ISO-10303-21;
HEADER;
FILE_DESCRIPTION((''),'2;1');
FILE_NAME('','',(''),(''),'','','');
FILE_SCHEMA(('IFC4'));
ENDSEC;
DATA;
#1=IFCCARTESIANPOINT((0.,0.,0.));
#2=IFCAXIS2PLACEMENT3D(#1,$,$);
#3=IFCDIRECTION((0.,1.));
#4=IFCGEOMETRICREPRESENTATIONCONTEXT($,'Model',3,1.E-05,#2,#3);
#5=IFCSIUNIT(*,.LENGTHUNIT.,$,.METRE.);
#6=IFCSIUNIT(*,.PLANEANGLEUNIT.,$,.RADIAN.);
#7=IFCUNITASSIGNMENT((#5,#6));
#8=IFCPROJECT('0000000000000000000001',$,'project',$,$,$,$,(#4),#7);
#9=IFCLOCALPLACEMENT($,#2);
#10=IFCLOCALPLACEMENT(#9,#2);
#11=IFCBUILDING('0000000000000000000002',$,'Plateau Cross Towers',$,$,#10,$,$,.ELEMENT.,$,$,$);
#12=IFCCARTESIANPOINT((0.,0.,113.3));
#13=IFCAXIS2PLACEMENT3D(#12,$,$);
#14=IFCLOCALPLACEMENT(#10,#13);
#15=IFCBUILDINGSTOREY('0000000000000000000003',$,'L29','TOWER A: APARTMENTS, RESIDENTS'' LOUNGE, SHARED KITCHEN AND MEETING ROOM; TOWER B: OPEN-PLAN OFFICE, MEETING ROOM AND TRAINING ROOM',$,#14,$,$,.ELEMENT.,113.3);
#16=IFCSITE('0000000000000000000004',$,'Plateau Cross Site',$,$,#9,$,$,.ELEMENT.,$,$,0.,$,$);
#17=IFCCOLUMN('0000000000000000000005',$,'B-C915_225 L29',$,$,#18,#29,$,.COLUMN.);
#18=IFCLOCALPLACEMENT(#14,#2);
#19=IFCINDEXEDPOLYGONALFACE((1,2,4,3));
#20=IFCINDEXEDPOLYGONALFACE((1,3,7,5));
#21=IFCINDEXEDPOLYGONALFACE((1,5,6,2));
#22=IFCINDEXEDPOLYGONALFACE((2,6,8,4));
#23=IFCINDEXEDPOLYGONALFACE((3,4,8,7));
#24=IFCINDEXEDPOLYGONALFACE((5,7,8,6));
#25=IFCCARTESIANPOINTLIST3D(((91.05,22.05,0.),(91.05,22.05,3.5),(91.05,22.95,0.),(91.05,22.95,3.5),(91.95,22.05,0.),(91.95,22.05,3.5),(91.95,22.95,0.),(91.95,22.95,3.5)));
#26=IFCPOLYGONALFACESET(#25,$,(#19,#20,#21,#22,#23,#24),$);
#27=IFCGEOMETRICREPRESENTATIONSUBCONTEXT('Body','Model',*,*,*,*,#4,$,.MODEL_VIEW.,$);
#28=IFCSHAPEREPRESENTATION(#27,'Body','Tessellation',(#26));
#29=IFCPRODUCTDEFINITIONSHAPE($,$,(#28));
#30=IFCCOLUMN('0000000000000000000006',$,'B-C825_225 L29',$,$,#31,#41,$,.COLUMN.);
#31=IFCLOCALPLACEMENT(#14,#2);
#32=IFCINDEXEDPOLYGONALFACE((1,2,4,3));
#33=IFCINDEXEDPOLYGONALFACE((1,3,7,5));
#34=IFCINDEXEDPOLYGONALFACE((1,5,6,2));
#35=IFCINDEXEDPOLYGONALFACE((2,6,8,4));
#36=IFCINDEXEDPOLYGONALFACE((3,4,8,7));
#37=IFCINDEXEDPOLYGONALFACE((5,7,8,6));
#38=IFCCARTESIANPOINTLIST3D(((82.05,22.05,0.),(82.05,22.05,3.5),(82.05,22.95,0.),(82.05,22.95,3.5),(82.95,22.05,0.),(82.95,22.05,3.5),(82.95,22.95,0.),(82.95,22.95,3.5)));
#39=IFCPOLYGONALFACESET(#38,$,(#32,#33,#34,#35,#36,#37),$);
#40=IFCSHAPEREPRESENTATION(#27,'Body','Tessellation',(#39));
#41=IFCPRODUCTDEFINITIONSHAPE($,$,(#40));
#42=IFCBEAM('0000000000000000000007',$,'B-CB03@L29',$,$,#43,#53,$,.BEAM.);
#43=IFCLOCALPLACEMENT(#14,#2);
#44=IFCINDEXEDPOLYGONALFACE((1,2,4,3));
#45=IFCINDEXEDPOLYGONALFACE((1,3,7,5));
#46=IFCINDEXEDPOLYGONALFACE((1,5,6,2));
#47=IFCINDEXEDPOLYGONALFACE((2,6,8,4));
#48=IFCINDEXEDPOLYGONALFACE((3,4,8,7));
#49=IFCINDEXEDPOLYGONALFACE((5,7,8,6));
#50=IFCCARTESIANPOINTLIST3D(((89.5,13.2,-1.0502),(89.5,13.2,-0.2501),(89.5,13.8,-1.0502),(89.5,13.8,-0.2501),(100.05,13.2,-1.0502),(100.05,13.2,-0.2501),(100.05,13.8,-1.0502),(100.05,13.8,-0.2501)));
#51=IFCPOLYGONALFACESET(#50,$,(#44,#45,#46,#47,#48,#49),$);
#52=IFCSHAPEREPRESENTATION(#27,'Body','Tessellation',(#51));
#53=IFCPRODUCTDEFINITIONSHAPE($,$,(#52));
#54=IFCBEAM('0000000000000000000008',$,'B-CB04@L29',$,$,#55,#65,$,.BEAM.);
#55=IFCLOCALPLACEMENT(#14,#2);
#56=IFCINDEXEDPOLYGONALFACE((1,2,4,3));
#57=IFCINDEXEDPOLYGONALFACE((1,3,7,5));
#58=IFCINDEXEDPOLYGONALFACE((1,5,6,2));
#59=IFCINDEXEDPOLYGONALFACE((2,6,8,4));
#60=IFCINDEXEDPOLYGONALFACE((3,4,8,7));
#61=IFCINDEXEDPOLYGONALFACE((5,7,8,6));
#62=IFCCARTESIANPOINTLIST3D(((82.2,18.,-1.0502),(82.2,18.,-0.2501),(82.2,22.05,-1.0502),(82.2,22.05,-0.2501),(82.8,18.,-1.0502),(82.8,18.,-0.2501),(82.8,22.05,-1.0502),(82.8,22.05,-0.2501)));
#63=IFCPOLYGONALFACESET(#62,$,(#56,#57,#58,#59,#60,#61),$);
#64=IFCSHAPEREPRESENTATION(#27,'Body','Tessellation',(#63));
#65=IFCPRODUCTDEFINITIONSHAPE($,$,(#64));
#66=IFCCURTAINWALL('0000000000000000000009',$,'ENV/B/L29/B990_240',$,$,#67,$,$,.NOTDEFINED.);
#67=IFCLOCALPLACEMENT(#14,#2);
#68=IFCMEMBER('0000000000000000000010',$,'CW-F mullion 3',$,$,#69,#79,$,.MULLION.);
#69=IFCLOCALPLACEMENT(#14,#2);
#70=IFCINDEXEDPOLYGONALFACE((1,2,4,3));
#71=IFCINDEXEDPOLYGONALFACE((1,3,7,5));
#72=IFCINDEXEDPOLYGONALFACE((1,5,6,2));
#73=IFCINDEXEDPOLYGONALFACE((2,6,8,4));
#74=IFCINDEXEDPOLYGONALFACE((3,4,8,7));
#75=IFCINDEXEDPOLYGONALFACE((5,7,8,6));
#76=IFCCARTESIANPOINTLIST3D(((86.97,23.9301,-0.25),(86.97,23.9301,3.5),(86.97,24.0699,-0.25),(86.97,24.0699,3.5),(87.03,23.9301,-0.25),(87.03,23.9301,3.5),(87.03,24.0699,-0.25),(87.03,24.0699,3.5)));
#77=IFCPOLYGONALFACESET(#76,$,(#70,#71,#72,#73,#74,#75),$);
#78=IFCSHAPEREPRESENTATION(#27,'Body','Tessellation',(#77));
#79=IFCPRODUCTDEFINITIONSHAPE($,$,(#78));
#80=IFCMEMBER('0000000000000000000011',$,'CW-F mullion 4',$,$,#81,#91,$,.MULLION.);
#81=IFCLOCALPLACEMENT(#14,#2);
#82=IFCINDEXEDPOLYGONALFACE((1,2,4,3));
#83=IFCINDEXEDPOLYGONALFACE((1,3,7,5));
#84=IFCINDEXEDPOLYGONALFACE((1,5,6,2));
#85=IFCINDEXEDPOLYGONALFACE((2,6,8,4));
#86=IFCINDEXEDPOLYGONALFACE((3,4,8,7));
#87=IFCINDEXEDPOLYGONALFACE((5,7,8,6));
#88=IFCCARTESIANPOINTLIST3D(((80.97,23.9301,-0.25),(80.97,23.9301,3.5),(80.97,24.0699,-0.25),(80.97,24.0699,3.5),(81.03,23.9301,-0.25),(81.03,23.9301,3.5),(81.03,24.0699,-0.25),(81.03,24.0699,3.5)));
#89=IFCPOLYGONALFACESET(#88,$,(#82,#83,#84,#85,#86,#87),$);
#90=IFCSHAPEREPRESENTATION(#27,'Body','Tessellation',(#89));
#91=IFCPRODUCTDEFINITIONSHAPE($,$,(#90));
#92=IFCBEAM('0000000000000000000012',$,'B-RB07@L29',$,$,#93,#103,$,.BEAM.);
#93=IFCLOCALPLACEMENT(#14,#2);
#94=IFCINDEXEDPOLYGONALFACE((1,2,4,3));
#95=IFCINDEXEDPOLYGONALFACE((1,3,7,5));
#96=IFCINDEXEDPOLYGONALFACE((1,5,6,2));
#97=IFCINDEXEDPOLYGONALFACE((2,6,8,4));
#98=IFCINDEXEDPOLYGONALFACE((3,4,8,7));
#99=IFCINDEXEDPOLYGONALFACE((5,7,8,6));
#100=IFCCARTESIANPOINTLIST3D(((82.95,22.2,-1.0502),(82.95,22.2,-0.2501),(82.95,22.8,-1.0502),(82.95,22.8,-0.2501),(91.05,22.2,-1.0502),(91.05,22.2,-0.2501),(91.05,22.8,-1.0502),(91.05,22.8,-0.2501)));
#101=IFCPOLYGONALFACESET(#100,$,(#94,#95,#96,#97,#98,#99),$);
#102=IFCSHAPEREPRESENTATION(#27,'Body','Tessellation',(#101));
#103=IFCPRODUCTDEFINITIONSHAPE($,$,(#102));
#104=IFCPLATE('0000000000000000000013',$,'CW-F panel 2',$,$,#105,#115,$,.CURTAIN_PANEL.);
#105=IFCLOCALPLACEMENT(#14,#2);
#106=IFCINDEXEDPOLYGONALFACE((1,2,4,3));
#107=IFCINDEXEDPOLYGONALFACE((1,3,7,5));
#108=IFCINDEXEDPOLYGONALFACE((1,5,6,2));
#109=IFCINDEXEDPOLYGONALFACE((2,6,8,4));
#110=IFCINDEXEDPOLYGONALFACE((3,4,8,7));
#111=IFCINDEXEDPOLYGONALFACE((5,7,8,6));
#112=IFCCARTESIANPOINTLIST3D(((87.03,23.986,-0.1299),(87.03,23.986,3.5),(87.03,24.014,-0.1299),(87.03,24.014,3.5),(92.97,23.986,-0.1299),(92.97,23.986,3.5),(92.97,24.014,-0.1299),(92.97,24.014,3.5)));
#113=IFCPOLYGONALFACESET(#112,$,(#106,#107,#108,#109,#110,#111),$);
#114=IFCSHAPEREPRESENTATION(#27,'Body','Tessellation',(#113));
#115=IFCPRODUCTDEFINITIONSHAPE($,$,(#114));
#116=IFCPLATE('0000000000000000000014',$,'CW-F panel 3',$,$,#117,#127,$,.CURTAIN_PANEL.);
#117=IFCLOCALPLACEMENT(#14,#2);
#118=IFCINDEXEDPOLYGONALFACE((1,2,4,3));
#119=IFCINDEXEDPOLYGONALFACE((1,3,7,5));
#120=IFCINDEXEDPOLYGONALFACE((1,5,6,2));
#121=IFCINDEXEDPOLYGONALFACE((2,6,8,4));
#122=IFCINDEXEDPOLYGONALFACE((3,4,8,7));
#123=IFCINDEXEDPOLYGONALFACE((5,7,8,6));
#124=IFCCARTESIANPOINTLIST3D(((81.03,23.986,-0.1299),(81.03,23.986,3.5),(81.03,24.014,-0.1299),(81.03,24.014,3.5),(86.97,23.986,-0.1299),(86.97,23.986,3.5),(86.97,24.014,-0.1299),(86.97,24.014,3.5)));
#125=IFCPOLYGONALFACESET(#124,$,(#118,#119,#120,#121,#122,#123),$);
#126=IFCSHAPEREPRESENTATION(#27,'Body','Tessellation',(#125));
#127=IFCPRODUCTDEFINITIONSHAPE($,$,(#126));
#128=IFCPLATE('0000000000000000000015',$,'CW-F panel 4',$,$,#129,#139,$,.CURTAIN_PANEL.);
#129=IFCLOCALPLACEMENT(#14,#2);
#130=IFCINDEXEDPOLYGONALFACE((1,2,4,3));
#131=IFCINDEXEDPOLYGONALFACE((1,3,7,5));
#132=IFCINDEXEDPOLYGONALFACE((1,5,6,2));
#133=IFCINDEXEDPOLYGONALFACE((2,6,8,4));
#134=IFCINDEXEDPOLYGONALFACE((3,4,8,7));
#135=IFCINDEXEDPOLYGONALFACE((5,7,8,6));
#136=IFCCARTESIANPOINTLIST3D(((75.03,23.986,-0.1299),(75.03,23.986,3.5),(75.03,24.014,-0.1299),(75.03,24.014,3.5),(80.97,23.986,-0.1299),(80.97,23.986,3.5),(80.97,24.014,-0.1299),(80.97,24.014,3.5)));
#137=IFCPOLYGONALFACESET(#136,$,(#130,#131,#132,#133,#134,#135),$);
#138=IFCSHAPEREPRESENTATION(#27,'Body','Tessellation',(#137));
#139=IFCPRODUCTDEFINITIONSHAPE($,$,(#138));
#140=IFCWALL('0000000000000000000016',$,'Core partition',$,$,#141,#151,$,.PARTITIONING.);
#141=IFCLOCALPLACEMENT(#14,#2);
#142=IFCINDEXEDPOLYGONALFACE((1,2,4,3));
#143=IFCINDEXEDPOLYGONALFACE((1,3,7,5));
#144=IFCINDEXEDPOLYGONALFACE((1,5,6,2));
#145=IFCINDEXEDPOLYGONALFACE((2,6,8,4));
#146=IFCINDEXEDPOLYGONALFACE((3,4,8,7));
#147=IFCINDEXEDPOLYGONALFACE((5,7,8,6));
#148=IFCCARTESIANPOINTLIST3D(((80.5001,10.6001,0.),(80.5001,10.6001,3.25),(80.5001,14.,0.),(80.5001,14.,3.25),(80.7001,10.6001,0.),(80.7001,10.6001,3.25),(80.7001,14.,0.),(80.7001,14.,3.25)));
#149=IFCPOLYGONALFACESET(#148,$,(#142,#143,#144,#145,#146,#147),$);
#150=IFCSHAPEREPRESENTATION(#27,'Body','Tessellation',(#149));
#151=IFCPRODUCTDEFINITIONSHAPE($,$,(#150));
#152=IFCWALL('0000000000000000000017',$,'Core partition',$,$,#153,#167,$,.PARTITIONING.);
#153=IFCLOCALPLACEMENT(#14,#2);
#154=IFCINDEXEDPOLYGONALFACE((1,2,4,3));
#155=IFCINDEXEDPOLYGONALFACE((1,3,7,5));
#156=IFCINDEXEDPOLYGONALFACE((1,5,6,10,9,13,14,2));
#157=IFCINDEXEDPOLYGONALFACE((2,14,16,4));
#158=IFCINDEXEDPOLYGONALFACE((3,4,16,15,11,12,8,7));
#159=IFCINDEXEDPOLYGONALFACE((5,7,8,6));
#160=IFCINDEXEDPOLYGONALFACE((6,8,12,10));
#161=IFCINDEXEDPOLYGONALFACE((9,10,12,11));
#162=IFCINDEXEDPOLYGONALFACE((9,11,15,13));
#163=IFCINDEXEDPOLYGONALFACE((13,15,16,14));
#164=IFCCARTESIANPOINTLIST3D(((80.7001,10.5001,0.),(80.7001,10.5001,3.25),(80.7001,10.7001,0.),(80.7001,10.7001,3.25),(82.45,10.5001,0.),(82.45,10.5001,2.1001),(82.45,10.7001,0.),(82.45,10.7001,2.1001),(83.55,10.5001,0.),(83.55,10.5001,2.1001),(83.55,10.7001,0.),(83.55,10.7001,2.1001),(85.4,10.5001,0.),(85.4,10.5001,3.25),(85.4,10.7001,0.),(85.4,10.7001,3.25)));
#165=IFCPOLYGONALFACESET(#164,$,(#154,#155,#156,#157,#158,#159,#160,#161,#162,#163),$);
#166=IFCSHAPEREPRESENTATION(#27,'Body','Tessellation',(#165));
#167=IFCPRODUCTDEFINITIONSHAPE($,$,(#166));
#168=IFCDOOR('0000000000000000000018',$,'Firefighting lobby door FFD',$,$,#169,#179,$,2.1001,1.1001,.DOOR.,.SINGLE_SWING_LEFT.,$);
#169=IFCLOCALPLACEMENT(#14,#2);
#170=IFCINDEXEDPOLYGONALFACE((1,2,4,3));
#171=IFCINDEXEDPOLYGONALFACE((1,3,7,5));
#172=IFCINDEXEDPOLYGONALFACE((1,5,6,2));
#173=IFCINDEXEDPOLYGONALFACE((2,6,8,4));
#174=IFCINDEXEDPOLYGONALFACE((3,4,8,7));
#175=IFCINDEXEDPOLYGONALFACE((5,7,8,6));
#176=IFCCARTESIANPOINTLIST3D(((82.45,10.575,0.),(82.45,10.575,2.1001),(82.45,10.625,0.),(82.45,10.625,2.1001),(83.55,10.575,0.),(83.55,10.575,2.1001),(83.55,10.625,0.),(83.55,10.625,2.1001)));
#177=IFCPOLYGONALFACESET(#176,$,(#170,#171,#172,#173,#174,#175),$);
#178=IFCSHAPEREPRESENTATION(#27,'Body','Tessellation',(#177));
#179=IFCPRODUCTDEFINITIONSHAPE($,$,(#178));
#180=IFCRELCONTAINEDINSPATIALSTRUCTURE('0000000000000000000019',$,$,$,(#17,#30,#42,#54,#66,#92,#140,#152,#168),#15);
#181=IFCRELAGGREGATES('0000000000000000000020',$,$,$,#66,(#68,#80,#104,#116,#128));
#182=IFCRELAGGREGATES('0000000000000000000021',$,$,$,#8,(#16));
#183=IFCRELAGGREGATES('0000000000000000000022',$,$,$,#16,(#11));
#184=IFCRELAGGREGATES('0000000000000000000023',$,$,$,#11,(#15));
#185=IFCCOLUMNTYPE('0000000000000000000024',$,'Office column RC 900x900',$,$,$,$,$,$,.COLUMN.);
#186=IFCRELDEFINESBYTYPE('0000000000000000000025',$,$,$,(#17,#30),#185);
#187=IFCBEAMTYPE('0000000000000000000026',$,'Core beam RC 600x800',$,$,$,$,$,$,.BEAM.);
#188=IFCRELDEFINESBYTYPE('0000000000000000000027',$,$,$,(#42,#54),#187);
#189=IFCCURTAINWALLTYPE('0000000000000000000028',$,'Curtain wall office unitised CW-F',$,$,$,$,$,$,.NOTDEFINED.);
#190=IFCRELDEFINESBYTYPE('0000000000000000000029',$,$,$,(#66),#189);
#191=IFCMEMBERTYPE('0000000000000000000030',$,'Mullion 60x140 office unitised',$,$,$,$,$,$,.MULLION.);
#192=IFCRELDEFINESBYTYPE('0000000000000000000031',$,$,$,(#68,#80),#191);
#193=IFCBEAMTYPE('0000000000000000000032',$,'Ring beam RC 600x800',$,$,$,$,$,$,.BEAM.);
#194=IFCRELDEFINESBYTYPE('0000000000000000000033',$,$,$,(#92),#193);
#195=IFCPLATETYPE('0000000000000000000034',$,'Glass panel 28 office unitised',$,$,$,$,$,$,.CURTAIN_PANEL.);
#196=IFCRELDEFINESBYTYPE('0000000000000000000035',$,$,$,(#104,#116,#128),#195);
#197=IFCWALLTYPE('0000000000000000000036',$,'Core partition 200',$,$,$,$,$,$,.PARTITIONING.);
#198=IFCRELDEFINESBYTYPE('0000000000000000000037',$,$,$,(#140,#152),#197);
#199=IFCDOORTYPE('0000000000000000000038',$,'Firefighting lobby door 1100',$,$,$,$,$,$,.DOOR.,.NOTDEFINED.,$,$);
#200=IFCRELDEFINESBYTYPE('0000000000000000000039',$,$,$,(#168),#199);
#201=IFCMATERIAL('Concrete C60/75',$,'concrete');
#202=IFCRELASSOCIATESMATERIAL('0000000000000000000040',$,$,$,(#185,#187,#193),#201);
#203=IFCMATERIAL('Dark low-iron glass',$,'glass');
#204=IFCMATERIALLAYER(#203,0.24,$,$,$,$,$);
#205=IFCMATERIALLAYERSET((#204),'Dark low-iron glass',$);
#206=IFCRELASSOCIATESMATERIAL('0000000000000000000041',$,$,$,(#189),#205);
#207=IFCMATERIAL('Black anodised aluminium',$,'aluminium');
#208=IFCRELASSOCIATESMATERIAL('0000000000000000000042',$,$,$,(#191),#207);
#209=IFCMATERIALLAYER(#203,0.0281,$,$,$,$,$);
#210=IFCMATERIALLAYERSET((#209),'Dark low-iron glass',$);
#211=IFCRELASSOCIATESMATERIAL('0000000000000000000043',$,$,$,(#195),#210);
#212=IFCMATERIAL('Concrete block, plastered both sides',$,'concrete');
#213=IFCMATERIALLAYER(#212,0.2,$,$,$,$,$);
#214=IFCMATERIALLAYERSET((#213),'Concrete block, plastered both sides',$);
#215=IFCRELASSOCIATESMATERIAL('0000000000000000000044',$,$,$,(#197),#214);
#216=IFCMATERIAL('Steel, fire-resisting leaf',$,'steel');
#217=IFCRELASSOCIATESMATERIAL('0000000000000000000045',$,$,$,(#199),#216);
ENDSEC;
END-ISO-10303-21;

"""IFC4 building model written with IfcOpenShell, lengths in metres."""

from ifc_helpers import new_model, si_unit, direction, frame, frame_2d, origin, origin_2d, place, context, subcontext, project, spatial, rectangle, extrude, material, layer, layer_set, material_profile, profile_set, type_object, element, fill, aggregate, save


model = new_model("IFC4")

# Units and contexts
model_context = context("Model", 3, precision=1e-05, world=origin(), true_north=direction((0.0, 1.0)))
body_context = subcontext(model_context, "Body", "Model", "MODEL_VIEW")
ifc_project = project(units=[si_unit("LENGTHUNIT", "METRE"), si_unit("PLANEANGLEUNIT", "RADIAN")], contexts=[model_context])

# Site, building, storey
site_placement = place(None, origin())
site = spatial("IfcSite", under=ifc_project, at=site_placement, Name="Plateau Cross Site", CompositionType="ELEMENT", RefElevation=0.0)
building_placement = place(site_placement, origin())
building = spatial("IfcBuilding", under=site, at=building_placement, Name="Plateau Cross Towers", CompositionType="ELEMENT")
storey_placement = place(building_placement, frame((0.0, 0.0, 113.3)))
storey = spatial("IfcBuildingStorey", under=building, at=storey_placement, Name="L29", Description="TOWER A: APARTMENTS, RESIDENTS' LOUNGE, SHARED KITCHEN AND MEETING ROOM; TOWER B: OPEN-PLAN OFFICE, MEETING ROOM AND TRAINING ROOM", CompositionType="ELEMENT", Elevation=113.3)

# Columns
ifc_material_1 = material(Name="Concrete C60/75", Category="concrete")
ifc_material_profile_1 = material_profile(ifc_material_1, rectangle(XDim=0.8999, YDim=0.8999, at=origin_2d()), Name="RC 900x900")
ifc_profile_set_1 = profile_set([ifc_material_profile_1], Name="Concrete C60/75")
column_type = type_object("IfcColumnType", Name="Office column RC 900x900", PredefinedType="COLUMN", material=ifc_profile_set_1)
for number, where, z_axis, x_axis, name in (
    (1, (91.5, 22.5, 0.0), (0.0, 0.0, 1.0), (1.0, 0.0, 0.0), "B-C915_225 L29"),
    (2, (82.5, 22.5, 0.0), (0.0, 0.0, 1.0), (1.0, 0.0, 0.0), "B-C825_225 L29"),
):
    element("IfcColumn", number, at=place(storey_placement, frame(where, z_axis=z_axis, x_axis=x_axis)), inside=storey, type_object=column_type, Name=name, PredefinedType="COLUMN", context=body_context, shape_type="SweptSolid", body=[
        extrude(rectangle(XDim=0.8999, YDim=0.8999, at=origin_2d()), origin(), (0.0, 0.0, 1.0), 3.5),
    ])

# Beams
ifc_material_profile_2 = material_profile(ifc_material_1, rectangle(XDim=0.6001, YDim=0.8, at=origin_2d()), Name="RC 600x800")
ifc_profile_set_2 = profile_set([ifc_material_profile_2], Name="Concrete C60/75")
beam_type_1 = type_object("IfcBeamType", Name="Core beam RC 600x800", PredefinedType="BEAM", material=ifc_profile_set_2)
beam_1_placement = place(storey_placement, frame((89.5, 13.5, -0.6501), z_axis=(1.0, 0.0, 0.0), x_axis=(0.0, 1.0, 0.0)))
element("IfcBeam", 3, at=beam_1_placement, inside=storey, type_object=beam_type_1, Name="B-CB03@L29", PredefinedType="BEAM", context=body_context, shape_type="SweptSolid", body=[
    extrude(rectangle(XDim=0.6001, YDim=0.8, at=origin_2d()), origin(), (0.0, 0.0, 1.0), 10.55),
])
beam_2_placement = place(storey_placement, frame((82.5, 18.0, -0.6501), z_axis=(0.0, 1.0, 0.0), x_axis=(-1.0, 0.0, 0.0)))
element("IfcBeam", 4, at=beam_2_placement, inside=storey, type_object=beam_type_1, Name="B-CB04@L29", PredefinedType="BEAM", context=body_context, shape_type="SweptSolid", body=[
    extrude(rectangle(XDim=0.6001, YDim=0.8, at=origin_2d()), origin(), (0.0, 0.0, 1.0), 4.05),
])

# Curtain wall, members
ifc_material_2 = material(Name="Dark low-iron glass", Category="glass")
ifc_layer_1 = layer(ifc_material_2, 0.24)
ifc_layer_set_1 = layer_set([ifc_layer_1], Name="Dark low-iron glass")
curtain_wall_type = type_object("IfcCurtainWallType", Name="Curtain wall office unitised CW-F", PredefinedType="NOTDEFINED", material=ifc_layer_set_1)
curtain_wall_placement = place(storey_placement, origin())
curtain_wall = element("IfcCurtainWall", 5, at=curtain_wall_placement, inside=storey, type_object=curtain_wall_type, Name="ENV/B/L29/B990_240", PredefinedType="NOTDEFINED")
ifc_material_3 = material(Name="Black anodised aluminium", Category="aluminium")
ifc_material_profile_3 = material_profile(ifc_material_3, rectangle(XDim=0.0601, YDim=0.1399, at=origin_2d()), Name="MULLION 60x140")
ifc_profile_set_3 = profile_set([ifc_material_profile_3], Name="Black anodised aluminium")
member_type = type_object("IfcMemberType", Name="Mullion 60x140 office unitised", PredefinedType="MULLION", material=ifc_profile_set_3)
member_1_placement = place(storey_placement, frame((87.0, 24.0, -0.25), z_axis=(0.0, 0.0, 1.0), x_axis=(-1.0, 0.0, 0.0)))
member_1 = element("IfcMember", 6, at=member_1_placement, type_object=member_type, Name="CW-F mullion 3", PredefinedType="MULLION", context=body_context, shape_type="SweptSolid", body=[
    extrude(rectangle(XDim=0.0601, YDim=0.1399, at=origin_2d()), origin(), (0.0, 0.0, 1.0), 3.75),
])
member_2_placement = place(storey_placement, frame((81.0, 24.0, -0.25), z_axis=(0.0, 0.0, 1.0), x_axis=(-1.0, 0.0, 0.0)))
member_2 = element("IfcMember", 7, at=member_2_placement, type_object=member_type, Name="CW-F mullion 4", PredefinedType="MULLION", context=body_context, shape_type="SweptSolid", body=[
    extrude(rectangle(XDim=0.0601, YDim=0.1399, at=origin_2d()), origin(), (0.0, 0.0, 1.0), 3.75),
])

# Beam
ifc_material_profile_4 = material_profile(ifc_material_1, rectangle(XDim=0.6001, YDim=0.8, at=origin_2d()), Name="RC 600x800")
ifc_profile_set_4 = profile_set([ifc_material_profile_4], Name="Concrete C60/75")
beam_type_2 = type_object("IfcBeamType", Name="Ring beam RC 600x800", PredefinedType="BEAM", material=ifc_profile_set_4)
beam_3_placement = place(storey_placement, frame((91.05, 22.5, -0.6501), z_axis=(-1.0, 0.0, 0.0), x_axis=(0.0, -1.0, 0.0)))
element("IfcBeam", 8, at=beam_3_placement, inside=storey, type_object=beam_type_2, Name="B-RB07@L29", PredefinedType="BEAM", context=body_context, shape_type="SweptSolid", body=[
    extrude(rectangle(XDim=0.6001, YDim=0.8, at=origin_2d()), origin(), (0.0, 0.0, 1.0), 8.1001),
])

# Plates
ifc_layer_2 = layer(ifc_material_2, 0.0281)
ifc_layer_set_2 = layer_set([ifc_layer_2], Name="Dark low-iron glass")
plate_type = type_object("IfcPlateType", Name="Glass panel 28 office unitised", PredefinedType="CURTAIN_PANEL", material=ifc_layer_set_2)
plate_1_placement = place(storey_placement, frame((90.0, 24.0, -0.1299), z_axis=(0.0, 0.0, 1.0), x_axis=(-1.0, 0.0, 0.0)))
plate_1 = element("IfcPlate", 9, at=plate_1_placement, type_object=plate_type, Name="CW-F panel 2", PredefinedType="CURTAIN_PANEL", context=body_context, shape_type="SweptSolid", body=[
    extrude(rectangle(XDim=5.9399, YDim=0.0281, at=origin_2d()), origin(), (0.0, 0.0, 1.0), 3.6299),
])
plate_2_placement = place(storey_placement, frame((84.0, 24.0, -0.1299), z_axis=(0.0, 0.0, 1.0), x_axis=(-1.0, 0.0, 0.0)))
plate_2 = element("IfcPlate", 10, at=plate_2_placement, type_object=plate_type, Name="CW-F panel 3", PredefinedType="CURTAIN_PANEL", context=body_context, shape_type="SweptSolid", body=[
    extrude(rectangle(XDim=5.9399, YDim=0.0281, at=origin_2d()), origin(), (0.0, 0.0, 1.0), 3.6299),
])
plate_3_placement = place(storey_placement, frame((78.0, 24.0, -0.1299), z_axis=(0.0, 0.0, 1.0), x_axis=(-1.0, 0.0, 0.0)))
plate_3 = element("IfcPlate", 11, at=plate_3_placement, type_object=plate_type, Name="CW-F panel 4", PredefinedType="CURTAIN_PANEL", context=body_context, shape_type="SweptSolid", body=[
    extrude(rectangle(XDim=5.9399, YDim=0.0281, at=origin_2d()), origin(), (0.0, 0.0, 1.0), 3.6299),
])
aggregate(curtain_wall, [member_1, member_2, plate_1, plate_2, plate_3])

# Wall
ifc_material_4 = material(Name="Concrete block, plastered both sides", Category="concrete")
ifc_layer_3 = layer(ifc_material_4, 0.2)
ifc_layer_set_3 = layer_set([ifc_layer_3], Name="Concrete block, plastered both sides")
wall_type_1 = type_object("IfcWallType", Name="Core partition 200", PredefinedType="PARTITIONING", material=ifc_layer_set_3)
wall_1_placement = place(storey_placement, frame((80.6001, 10.6001, 0.0), z_axis=(0.0, 0.0, 1.0), x_axis=(0.0, 1.0, 0.0)))
element("IfcWall", 12, at=wall_1_placement, inside=storey, type_object=wall_type_1, Name="Core partition", PredefinedType="PARTITIONING", context=body_context, shape_type="SweptSolid", body=[
    extrude(rectangle(XDim=3.3999, YDim=0.2, at=frame_2d((1.7, 0.0))), origin(), (0.0, 0.0, 1.0), 3.25),
])

# Wall, opening, door
wall_2_placement = place(storey_placement, frame((80.7, 10.6001, 0.0), z_axis=(0.0, 0.0, 1.0), x_axis=(1.0, 0.0, 0.0)))
wall_2 = element("IfcWall", 13, at=wall_2_placement, inside=storey, type_object=wall_type_1, Name="Core partition", PredefinedType="PARTITIONING", context=body_context, shape_type="SweptSolid", body=[
    extrude(rectangle(XDim=4.7, YDim=0.2, at=frame_2d((2.3501, 0.0))), origin(), (0.0, 0.0, 1.0), 3.25),
])
opening_1_placement = place(wall_2_placement, frame((1.75, 0.0, 0.0)))
opening_1 = element("IfcOpeningElement", 14, at=opening_1_placement, cuts=wall_2, PredefinedType="OPENING", context=body_context, shape_type="SweptSolid", body=[
    extrude(rectangle(XDim=1.1001, YDim=2.1001, at=frame_2d((0.55, 1.05))), frame((0.0, 0.1099, 0.0), z_axis=(0.0, -1.0, 0.0), x_axis=(1.0, 0.0, 0.0)), (0.0, 0.0, 1.0), 0.22),
])
ifc_material_5 = material(Name="Steel, fire-resisting leaf", Category="steel")
door_type_1 = type_object("IfcDoorType", Name="Firefighting lobby door 1100", OperationType="NOTDEFINED", PredefinedType="DOOR", material=ifc_material_5)
door_1_placement = place(opening_1_placement, origin())
door_1 = element("IfcDoor", 15, at=door_1_placement, inside=storey, type_object=door_type_1, Name="Firefighting lobby door FFD", OperationType="SINGLE_SWING_LEFT", OverallHeight=2.1001, OverallWidth=1.1001, PredefinedType="DOOR", context=body_context, shape_type="SweptSolid", body=[
    extrude(rectangle(XDim=1.1001, YDim=2.1001, at=frame_2d((0.55, 1.05))), frame((0.0, 0.0249, 0.0), z_axis=(0.0, -1.0, 0.0), x_axis=(1.0, 0.0, 0.0)), (0.0, 0.0, 1.0), 0.05),
])
fill(opening_1, door_1)

save(model, "model.ifc")
